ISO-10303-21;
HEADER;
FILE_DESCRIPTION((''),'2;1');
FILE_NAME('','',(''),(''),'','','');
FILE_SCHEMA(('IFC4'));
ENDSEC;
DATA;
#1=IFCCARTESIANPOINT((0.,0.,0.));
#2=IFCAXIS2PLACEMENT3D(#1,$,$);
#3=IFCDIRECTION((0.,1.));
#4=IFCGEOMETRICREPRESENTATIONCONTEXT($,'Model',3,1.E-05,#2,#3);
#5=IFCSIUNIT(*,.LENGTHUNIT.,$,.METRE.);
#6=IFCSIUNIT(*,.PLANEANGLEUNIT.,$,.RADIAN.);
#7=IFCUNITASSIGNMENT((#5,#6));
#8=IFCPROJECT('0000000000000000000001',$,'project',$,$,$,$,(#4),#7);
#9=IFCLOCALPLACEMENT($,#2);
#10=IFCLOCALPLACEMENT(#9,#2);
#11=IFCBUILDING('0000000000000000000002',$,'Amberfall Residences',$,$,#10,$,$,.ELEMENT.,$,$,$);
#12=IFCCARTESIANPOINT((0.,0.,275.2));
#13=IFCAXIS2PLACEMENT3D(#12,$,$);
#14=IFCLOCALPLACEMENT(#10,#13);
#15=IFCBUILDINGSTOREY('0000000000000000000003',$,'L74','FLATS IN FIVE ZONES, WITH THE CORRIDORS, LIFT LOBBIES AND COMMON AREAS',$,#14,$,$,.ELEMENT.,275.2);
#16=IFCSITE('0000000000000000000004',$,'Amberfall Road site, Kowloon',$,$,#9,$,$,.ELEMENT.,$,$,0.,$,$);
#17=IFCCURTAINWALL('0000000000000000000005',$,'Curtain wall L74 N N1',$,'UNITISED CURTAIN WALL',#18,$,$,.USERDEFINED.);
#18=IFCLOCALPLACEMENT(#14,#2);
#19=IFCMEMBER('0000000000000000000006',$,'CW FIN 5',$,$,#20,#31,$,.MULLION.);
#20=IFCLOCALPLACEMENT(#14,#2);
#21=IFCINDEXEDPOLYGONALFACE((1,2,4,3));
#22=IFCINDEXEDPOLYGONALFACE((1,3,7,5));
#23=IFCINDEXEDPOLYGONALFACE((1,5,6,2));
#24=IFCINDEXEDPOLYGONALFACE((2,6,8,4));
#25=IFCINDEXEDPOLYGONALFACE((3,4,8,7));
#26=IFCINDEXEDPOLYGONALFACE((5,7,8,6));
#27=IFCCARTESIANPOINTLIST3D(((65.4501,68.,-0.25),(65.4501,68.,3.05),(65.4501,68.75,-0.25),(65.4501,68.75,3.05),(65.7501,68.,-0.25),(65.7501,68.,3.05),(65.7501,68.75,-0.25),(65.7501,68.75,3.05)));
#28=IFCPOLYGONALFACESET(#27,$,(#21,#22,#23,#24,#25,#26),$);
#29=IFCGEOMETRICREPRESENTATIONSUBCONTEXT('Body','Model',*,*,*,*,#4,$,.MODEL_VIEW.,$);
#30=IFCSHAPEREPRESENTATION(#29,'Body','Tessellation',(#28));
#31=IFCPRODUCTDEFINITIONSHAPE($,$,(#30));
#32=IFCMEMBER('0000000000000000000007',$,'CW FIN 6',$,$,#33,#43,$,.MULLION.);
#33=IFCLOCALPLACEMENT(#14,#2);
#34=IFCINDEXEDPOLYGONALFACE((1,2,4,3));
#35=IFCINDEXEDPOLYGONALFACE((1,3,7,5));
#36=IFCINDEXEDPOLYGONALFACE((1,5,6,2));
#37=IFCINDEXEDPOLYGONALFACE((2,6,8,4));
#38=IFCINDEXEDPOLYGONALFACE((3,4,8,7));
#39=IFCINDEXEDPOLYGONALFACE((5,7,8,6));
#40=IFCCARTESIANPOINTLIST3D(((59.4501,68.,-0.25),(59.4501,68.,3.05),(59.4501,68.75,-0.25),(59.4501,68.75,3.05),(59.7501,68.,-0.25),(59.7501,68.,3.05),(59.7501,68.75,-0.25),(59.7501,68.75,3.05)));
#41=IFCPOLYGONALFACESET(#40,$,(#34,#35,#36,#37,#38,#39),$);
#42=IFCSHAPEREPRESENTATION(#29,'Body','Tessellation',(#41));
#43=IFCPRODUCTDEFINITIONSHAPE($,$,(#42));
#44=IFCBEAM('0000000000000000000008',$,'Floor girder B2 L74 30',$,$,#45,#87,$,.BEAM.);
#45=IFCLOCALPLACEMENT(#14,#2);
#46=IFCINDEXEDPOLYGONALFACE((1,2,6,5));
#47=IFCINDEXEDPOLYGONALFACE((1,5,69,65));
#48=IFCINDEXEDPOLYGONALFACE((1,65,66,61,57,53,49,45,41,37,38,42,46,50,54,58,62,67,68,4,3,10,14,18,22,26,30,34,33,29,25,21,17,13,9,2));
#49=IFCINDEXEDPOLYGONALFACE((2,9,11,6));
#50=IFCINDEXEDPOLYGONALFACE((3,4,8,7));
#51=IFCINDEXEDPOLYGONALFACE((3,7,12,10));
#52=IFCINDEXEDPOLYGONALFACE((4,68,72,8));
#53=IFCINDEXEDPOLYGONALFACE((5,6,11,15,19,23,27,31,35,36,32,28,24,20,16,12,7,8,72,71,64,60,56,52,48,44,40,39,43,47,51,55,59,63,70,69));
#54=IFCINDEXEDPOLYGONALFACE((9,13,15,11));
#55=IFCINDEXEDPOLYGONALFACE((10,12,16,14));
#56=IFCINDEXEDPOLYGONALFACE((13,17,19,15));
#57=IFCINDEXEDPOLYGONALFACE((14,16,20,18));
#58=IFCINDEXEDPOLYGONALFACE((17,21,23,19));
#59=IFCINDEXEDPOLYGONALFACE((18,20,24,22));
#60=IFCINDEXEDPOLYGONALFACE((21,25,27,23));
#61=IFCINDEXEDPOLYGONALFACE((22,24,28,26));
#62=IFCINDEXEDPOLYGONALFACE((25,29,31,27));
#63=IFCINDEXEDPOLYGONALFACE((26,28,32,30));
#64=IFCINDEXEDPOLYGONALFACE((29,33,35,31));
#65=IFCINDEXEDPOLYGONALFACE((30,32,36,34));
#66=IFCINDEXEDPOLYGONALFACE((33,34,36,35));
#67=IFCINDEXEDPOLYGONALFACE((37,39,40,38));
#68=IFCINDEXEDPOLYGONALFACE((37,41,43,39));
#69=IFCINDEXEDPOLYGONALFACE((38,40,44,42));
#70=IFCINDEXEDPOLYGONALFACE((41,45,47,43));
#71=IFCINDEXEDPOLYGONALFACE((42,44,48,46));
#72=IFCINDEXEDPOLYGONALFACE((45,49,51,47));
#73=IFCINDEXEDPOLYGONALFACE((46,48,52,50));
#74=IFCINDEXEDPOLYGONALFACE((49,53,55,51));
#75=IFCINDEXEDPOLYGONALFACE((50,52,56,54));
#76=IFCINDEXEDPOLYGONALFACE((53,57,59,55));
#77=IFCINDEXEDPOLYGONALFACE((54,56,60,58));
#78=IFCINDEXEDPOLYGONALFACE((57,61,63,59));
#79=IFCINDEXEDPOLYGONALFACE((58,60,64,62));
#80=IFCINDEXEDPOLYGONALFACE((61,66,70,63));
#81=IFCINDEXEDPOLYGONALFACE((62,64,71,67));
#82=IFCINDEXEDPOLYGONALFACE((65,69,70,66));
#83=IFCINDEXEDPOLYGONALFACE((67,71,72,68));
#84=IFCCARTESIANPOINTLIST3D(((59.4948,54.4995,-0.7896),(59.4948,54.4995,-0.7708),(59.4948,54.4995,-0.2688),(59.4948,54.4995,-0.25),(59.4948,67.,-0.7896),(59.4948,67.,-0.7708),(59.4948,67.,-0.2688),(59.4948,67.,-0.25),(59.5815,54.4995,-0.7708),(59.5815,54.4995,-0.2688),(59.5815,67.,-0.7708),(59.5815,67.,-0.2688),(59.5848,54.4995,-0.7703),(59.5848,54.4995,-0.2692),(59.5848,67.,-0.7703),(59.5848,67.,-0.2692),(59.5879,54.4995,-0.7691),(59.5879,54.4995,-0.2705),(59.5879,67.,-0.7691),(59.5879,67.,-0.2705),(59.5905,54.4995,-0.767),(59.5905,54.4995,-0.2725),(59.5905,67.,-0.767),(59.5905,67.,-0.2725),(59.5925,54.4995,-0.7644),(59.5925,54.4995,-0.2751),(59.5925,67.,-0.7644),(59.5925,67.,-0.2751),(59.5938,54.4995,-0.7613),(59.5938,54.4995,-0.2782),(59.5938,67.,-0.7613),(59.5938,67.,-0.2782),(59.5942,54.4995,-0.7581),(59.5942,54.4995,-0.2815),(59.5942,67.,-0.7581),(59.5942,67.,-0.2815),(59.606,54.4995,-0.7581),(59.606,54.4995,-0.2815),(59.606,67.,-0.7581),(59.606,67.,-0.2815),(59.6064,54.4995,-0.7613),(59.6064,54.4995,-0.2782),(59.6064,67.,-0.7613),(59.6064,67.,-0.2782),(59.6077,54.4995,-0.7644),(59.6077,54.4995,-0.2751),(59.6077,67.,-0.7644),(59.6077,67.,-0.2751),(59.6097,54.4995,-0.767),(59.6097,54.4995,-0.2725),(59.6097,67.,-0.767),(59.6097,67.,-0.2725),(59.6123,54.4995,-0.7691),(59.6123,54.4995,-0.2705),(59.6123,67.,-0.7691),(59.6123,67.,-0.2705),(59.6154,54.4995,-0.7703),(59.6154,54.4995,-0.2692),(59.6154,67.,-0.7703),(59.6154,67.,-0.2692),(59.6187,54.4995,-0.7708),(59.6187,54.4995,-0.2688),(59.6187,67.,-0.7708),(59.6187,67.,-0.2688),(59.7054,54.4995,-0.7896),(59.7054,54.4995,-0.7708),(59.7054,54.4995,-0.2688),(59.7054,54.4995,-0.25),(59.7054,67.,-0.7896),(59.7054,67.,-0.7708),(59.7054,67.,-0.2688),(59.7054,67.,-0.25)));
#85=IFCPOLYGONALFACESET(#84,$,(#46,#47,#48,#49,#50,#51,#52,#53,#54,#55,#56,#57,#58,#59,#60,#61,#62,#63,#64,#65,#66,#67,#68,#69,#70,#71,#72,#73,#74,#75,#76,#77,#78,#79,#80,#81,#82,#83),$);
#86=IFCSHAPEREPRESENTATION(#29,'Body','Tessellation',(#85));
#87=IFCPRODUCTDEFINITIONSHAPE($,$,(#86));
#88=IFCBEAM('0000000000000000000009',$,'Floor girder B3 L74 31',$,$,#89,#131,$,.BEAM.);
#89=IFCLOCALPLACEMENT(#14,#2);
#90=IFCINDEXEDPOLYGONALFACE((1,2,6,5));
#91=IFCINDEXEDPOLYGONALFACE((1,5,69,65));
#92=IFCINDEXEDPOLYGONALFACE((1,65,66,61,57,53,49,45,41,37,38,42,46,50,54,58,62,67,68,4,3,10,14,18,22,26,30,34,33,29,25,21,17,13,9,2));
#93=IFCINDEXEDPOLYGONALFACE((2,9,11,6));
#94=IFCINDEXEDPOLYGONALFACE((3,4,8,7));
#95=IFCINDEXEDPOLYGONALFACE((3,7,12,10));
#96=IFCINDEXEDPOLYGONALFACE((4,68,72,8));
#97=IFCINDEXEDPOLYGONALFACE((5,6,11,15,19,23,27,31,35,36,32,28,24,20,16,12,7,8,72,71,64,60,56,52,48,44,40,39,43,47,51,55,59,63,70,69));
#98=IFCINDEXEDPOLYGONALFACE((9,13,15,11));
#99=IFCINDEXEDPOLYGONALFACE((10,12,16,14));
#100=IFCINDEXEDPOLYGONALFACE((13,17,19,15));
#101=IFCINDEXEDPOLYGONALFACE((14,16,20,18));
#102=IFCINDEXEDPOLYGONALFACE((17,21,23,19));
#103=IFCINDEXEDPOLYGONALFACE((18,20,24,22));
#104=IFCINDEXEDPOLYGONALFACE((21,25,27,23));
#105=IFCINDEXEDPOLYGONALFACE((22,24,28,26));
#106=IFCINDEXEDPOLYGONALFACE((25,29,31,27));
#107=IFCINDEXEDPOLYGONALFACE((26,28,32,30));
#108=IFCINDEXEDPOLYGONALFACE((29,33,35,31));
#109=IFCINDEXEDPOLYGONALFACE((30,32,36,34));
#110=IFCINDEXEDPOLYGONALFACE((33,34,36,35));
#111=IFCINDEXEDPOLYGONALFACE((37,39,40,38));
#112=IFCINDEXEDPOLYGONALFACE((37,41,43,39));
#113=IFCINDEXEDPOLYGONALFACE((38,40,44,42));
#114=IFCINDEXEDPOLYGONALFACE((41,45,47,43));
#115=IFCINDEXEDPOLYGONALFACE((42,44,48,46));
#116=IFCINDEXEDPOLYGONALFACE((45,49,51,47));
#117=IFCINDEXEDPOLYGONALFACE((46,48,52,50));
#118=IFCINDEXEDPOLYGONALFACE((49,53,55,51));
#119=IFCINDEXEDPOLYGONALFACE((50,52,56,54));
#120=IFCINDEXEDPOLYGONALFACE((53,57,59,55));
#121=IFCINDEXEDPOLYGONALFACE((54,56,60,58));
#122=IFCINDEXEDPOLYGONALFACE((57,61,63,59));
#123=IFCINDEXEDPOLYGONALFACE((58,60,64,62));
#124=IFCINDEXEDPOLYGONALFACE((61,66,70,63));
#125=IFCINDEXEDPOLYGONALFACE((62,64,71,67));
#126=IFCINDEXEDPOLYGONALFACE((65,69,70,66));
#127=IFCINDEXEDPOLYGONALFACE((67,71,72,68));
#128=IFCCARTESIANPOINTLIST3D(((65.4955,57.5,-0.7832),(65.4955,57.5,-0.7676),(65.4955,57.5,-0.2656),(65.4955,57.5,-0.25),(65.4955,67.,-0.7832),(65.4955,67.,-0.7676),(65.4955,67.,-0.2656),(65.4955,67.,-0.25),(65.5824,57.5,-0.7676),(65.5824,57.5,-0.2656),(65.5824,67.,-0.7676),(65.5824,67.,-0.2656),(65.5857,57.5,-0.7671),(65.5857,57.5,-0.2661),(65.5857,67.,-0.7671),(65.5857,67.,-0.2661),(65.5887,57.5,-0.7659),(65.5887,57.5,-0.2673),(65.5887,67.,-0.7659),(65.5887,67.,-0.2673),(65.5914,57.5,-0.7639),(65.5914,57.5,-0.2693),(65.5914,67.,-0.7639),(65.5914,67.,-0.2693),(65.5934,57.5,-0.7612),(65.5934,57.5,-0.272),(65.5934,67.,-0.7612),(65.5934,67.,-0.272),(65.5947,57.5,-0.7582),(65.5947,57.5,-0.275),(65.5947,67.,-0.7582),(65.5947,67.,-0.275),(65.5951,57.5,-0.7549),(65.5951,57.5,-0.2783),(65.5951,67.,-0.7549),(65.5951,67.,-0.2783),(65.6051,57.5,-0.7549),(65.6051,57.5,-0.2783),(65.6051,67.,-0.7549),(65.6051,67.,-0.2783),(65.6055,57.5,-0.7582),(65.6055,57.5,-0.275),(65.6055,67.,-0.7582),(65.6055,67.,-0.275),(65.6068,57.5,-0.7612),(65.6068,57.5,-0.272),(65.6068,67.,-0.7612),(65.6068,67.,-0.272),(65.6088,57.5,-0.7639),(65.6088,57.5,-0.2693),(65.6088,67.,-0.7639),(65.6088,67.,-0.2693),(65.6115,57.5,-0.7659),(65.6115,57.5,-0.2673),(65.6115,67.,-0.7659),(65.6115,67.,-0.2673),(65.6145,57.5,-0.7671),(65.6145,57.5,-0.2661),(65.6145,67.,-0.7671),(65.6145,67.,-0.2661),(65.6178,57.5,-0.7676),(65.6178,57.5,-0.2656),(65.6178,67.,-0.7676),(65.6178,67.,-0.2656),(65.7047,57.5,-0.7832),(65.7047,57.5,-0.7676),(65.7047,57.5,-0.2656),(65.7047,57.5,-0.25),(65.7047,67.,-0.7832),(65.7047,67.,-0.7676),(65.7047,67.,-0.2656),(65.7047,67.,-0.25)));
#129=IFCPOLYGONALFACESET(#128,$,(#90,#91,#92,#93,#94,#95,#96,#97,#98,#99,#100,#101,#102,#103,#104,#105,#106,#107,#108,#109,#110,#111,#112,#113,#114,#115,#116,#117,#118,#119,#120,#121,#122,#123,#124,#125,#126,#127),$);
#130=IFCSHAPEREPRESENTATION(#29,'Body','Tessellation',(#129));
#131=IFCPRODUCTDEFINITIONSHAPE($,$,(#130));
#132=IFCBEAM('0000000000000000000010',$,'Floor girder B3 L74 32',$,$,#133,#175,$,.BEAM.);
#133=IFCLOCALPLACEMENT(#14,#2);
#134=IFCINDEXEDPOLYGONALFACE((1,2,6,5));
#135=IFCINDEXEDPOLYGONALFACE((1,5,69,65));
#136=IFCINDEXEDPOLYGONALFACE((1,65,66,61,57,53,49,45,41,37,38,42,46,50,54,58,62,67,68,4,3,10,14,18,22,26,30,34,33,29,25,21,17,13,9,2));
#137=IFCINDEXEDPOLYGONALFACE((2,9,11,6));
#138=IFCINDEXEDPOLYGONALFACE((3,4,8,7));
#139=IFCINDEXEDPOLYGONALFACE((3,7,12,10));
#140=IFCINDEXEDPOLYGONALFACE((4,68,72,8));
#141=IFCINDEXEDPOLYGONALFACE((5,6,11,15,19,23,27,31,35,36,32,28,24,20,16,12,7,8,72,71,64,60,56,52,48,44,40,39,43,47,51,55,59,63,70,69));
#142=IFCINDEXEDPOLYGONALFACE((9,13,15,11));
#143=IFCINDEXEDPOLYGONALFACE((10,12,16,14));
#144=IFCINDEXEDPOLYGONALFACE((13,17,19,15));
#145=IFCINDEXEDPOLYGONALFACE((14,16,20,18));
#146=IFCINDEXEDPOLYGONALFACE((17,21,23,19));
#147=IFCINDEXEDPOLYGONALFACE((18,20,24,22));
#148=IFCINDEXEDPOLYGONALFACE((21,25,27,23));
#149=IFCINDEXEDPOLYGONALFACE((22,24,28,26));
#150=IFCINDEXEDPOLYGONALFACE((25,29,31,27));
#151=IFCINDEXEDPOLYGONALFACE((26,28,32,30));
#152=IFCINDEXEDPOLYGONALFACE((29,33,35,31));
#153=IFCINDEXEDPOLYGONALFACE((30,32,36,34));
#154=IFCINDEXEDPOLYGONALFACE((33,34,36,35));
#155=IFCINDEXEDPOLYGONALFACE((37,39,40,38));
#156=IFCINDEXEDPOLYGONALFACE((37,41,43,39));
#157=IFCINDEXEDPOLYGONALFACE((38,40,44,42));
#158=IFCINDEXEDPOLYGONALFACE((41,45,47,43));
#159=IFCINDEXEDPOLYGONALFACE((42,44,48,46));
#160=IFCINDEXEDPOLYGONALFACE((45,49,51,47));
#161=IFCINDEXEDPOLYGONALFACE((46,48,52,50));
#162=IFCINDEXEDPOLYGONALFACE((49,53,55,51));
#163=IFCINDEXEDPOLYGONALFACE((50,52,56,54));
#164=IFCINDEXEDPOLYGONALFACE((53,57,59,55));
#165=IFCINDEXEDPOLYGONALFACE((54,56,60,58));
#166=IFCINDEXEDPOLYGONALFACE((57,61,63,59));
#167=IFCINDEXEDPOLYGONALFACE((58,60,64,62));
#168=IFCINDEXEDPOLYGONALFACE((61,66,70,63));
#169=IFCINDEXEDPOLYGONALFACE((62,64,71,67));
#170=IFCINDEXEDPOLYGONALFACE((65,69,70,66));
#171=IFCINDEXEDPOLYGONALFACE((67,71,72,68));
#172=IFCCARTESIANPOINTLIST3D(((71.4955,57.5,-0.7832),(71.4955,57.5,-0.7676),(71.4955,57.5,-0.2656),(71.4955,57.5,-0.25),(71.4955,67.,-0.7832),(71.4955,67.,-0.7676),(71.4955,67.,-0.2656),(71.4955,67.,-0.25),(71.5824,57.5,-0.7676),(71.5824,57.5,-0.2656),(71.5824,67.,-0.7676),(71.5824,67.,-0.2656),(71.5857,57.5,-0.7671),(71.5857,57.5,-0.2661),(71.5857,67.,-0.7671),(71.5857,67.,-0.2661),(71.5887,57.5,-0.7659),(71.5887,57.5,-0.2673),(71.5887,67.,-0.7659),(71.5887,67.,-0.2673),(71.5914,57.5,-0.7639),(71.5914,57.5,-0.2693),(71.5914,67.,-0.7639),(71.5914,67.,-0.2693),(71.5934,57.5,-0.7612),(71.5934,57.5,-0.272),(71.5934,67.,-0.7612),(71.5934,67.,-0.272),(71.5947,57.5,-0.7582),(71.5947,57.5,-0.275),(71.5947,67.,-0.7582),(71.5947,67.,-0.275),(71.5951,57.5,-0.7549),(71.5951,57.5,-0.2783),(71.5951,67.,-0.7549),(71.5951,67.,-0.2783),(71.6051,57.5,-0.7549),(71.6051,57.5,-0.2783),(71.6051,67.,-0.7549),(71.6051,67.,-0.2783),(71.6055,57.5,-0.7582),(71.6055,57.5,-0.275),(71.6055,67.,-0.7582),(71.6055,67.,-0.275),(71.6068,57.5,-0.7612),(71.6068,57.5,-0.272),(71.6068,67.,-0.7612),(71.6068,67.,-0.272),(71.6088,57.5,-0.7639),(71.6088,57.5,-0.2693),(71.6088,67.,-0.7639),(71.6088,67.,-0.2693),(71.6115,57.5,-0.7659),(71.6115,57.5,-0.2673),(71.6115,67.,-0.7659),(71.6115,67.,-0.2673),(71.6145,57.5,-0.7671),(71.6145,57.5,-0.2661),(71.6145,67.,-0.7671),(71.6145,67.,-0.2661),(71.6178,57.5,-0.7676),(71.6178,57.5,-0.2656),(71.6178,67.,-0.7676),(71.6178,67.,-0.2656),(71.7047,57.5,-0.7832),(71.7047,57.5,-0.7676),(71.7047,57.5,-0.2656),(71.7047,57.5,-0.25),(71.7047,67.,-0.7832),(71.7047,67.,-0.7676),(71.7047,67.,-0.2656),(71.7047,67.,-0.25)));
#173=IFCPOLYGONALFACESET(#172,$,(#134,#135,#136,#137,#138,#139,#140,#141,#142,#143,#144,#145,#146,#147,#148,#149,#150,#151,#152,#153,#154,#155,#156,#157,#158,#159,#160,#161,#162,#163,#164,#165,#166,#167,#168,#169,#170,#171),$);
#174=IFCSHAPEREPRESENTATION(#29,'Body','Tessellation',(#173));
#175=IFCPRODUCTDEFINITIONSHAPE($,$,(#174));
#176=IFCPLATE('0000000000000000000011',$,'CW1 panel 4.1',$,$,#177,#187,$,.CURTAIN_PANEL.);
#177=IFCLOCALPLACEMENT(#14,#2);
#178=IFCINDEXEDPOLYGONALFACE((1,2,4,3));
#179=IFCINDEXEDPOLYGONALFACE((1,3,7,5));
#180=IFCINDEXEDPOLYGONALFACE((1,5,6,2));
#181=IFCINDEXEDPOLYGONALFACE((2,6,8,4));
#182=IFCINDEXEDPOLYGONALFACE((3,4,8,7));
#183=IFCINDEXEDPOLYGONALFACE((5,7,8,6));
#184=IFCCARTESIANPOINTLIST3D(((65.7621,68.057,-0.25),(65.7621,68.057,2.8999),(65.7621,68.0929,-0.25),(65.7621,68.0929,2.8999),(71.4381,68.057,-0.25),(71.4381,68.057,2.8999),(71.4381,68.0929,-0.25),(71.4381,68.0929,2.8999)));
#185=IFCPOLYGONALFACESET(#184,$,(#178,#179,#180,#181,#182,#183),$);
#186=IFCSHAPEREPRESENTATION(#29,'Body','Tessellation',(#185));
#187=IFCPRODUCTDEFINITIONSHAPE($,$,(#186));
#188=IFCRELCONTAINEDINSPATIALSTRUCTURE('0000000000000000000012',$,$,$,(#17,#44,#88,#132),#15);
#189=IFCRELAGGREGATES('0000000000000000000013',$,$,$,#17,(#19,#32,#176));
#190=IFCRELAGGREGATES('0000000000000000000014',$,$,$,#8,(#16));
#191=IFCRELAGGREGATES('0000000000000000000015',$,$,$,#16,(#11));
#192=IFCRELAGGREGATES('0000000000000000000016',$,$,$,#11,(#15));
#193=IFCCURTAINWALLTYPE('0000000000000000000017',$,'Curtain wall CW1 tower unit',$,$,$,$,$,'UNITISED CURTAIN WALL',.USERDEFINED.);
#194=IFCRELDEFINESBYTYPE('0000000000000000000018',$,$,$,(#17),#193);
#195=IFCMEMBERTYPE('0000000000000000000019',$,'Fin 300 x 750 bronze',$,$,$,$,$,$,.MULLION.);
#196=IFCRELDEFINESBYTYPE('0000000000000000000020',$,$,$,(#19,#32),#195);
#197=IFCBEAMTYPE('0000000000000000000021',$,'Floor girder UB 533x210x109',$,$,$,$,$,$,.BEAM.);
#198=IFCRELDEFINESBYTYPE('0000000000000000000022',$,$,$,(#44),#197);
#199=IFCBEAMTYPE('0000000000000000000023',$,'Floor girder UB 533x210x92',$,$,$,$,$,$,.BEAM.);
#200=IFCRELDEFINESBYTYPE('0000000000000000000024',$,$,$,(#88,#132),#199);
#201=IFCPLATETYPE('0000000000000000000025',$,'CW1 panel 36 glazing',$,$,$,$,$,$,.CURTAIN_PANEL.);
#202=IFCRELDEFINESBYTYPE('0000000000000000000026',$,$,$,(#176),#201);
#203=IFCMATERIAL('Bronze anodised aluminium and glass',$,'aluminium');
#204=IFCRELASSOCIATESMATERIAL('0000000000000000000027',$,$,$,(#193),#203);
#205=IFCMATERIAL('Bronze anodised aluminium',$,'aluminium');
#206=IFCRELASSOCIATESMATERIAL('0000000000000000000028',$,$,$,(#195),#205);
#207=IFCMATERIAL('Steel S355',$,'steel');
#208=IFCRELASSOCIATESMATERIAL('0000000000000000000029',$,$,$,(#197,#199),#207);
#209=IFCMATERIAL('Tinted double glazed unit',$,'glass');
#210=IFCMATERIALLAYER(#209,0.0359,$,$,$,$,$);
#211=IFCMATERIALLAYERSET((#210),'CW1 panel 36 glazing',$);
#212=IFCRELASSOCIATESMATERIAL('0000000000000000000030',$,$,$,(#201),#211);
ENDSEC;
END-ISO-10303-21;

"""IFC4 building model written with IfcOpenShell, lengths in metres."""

from ifc_helpers import new_model, si_unit, direction, frame, origin, origin_2d, place, context, subcontext, project, spatial, rectangle, i_section, extrude, material, layer, layer_set, material_profile, profile_set, type_object, element, aggregate, save


model = new_model("IFC4")

# Units and contexts
model_context = context("Model", 3, precision=1e-05, world=origin(), true_north=direction((0.0, 1.0)))
body_context = subcontext(model_context, "Body", "Model", "MODEL_VIEW")
ifc_project = project(units=[si_unit("LENGTHUNIT", "METRE"), si_unit("PLANEANGLEUNIT", "RADIAN")], contexts=[model_context])

# Site, building, storey
site_placement = place(None, origin())
site = spatial("IfcSite", under=ifc_project, at=site_placement, Name="Amberfall Road site, Kowloon", CompositionType="ELEMENT", RefElevation=0.0)
building_placement = place(site_placement, origin())
building = spatial("IfcBuilding", under=site, at=building_placement, Name="Amberfall Residences", CompositionType="ELEMENT")
storey_placement = place(building_placement, frame((0.0, 0.0, 275.2)))
storey = spatial("IfcBuildingStorey", under=building, at=storey_placement, Name="L74", Description="FLATS IN FIVE ZONES, WITH THE CORRIDORS, LIFT LOBBIES AND COMMON AREAS", CompositionType="ELEMENT", Elevation=275.2)

# Curtain wall
ifc_material_1 = material(Name="Bronze anodised aluminium and glass", Category="aluminium")
curtain_wall_type = type_object("IfcCurtainWallType", Name="Curtain wall CW1 tower unit", ElementType="UNITISED CURTAIN WALL", PredefinedType="USERDEFINED", material=ifc_material_1)
curtain_wall_placement = place(storey_placement, origin())
curtain_wall = element("IfcCurtainWall", 1, at=curtain_wall_placement, inside=storey, type_object=curtain_wall_type, Name="Curtain wall L74 N N1", ObjectType="UNITISED CURTAIN WALL", PredefinedType="USERDEFINED")
ifc_material_2 = material(Name="Bronze anodised aluminium", Category="aluminium")

# Shared definitions
ifc_material_3 = material(Name="Steel S355", Category="steel")

# Members
ifc_material_profile_1 = material_profile(ifc_material_2, rectangle(XDim=0.75, YDim=0.3, at=origin_2d()), Name="Fin 300 x 750 bronze")
ifc_profile_set_1 = profile_set([ifc_material_profile_1], Name="Bronze anodised aluminium")
member_type_1 = type_object("IfcMemberType", Name="Fin 300 x 750 bronze", PredefinedType="MULLION", material=ifc_profile_set_1)
member_1_placement = place(storey_placement, frame((65.6001, 68.375, -0.25), z_axis=(0.0, 0.0, 1.0), x_axis=(0.0, -1.0, 0.0)))
member_1 = element("IfcMember", 2, at=member_1_placement, type_object=member_type_1, Name="CW FIN 5", PredefinedType="MULLION", context=body_context, shape_type="SweptSolid", body=[
    extrude(rectangle(XDim=0.75, YDim=0.3, at=origin_2d()), origin(), (0.0, 0.0, 1.0), 3.3),
])
member_2_placement = place(storey_placement, frame((59.6001, 68.375, -0.25), z_axis=(0.0, 0.0, 1.0), x_axis=(0.0, -1.0, 0.0)))
member_2 = element("IfcMember", 3, at=member_2_placement, type_object=member_type_1, Name="CW FIN 6", PredefinedType="MULLION", context=body_context, shape_type="SweptSolid", body=[
    extrude(rectangle(XDim=0.75, YDim=0.3, at=origin_2d()), origin(), (0.0, 0.0, 1.0), 3.3),
])

# Beams
ifc_material_profile_2 = material_profile(ifc_material_3, i_section(OverallWidth=0.2107, OverallDepth=0.5396, WebThickness=0.0117, FlangeThickness=0.0188, FilletRadius=0.0127, at=origin_2d()), Name="UB 533x210x109")
ifc_profile_set_2 = profile_set([ifc_material_profile_2], Name="Steel S355")
beam_type_1 = type_object("IfcBeamType", Name="Floor girder UB 533x210x109", PredefinedType="BEAM", material=ifc_profile_set_2)
beam_placement = place(storey_placement, frame((59.6001, 67.0, -0.5198), z_axis=(0.0, -1.0, 0.0), x_axis=(1.0, 0.0, 0.0)))
element("IfcBeam", 4, at=beam_placement, inside=storey, type_object=beam_type_1, Name="Floor girder B2 L74 30", PredefinedType="BEAM", context=body_context, shape_type="SweptSolid", body=[
    extrude(i_section(OverallWidth=0.2107, OverallDepth=0.5396, WebThickness=0.0117, FlangeThickness=0.0188, FilletRadius=0.0127, at=origin_2d()), origin(), (0.0, 0.0, 1.0), 12.5005),
])
ifc_material_profile_3 = material_profile(ifc_material_3, i_section(OverallWidth=0.2092, OverallDepth=0.5332, WebThickness=0.01, FlangeThickness=0.0156, FilletRadius=0.0127, at=origin_2d()), Name="UB 533x210x92")
ifc_profile_set_3 = profile_set([ifc_material_profile_3], Name="Steel S355")
beam_type_2 = type_object("IfcBeamType", Name="Floor girder UB 533x210x92", PredefinedType="BEAM", material=ifc_profile_set_3)
for number, where, z_axis, x_axis, name in (
    (5, (65.6001, 67.0, -0.5166), (0.0, -1.0, 0.0), (1.0, 0.0, 0.0), "Floor girder B3 L74 31"),
    (6, (71.6001, 67.0, -0.5166), (0.0, -1.0, 0.0), (1.0, 0.0, 0.0), "Floor girder B3 L74 32"),
):
    element("IfcBeam", number, at=place(storey_placement, frame(where, z_axis=z_axis, x_axis=x_axis)), inside=storey, type_object=beam_type_2, Name=name, PredefinedType="BEAM", context=body_context, shape_type="SweptSolid", body=[
        extrude(i_section(OverallWidth=0.2092, OverallDepth=0.5332, WebThickness=0.01, FlangeThickness=0.0156, FilletRadius=0.0127, at=origin_2d()), origin(), (0.0, 0.0, 1.0), 9.5),
    ])

# Plate
ifc_material_4 = material(Name="Tinted double glazed unit", Category="glass")
ifc_layer_1 = layer(ifc_material_4, 0.0359)
ifc_layer_set_1 = layer_set([ifc_layer_1], Name="CW1 panel 36 glazing")
plate_type = type_object("IfcPlateType", Name="CW1 panel 36 glazing", PredefinedType="CURTAIN_PANEL", material=ifc_layer_set_1)
plate_1_placement = place(storey_placement, frame((68.6001, 68.075, -0.25), z_axis=(0.0, 0.0, 1.0), x_axis=(-1.0, 0.0, 0.0)))
plate_1 = element("IfcPlate", 7, at=plate_1_placement, type_object=plate_type, Name="CW1 panel 4.1", PredefinedType="CURTAIN_PANEL", context=body_context, shape_type="SweptSolid", body=[
    extrude(rectangle(XDim=5.676, YDim=0.0359, at=origin_2d()), origin(), (0.0, 0.0, 1.0), 3.1499),
])
aggregate(curtain_wall, [member_1, member_2, plate_1])

save(model, "model.ifc")
